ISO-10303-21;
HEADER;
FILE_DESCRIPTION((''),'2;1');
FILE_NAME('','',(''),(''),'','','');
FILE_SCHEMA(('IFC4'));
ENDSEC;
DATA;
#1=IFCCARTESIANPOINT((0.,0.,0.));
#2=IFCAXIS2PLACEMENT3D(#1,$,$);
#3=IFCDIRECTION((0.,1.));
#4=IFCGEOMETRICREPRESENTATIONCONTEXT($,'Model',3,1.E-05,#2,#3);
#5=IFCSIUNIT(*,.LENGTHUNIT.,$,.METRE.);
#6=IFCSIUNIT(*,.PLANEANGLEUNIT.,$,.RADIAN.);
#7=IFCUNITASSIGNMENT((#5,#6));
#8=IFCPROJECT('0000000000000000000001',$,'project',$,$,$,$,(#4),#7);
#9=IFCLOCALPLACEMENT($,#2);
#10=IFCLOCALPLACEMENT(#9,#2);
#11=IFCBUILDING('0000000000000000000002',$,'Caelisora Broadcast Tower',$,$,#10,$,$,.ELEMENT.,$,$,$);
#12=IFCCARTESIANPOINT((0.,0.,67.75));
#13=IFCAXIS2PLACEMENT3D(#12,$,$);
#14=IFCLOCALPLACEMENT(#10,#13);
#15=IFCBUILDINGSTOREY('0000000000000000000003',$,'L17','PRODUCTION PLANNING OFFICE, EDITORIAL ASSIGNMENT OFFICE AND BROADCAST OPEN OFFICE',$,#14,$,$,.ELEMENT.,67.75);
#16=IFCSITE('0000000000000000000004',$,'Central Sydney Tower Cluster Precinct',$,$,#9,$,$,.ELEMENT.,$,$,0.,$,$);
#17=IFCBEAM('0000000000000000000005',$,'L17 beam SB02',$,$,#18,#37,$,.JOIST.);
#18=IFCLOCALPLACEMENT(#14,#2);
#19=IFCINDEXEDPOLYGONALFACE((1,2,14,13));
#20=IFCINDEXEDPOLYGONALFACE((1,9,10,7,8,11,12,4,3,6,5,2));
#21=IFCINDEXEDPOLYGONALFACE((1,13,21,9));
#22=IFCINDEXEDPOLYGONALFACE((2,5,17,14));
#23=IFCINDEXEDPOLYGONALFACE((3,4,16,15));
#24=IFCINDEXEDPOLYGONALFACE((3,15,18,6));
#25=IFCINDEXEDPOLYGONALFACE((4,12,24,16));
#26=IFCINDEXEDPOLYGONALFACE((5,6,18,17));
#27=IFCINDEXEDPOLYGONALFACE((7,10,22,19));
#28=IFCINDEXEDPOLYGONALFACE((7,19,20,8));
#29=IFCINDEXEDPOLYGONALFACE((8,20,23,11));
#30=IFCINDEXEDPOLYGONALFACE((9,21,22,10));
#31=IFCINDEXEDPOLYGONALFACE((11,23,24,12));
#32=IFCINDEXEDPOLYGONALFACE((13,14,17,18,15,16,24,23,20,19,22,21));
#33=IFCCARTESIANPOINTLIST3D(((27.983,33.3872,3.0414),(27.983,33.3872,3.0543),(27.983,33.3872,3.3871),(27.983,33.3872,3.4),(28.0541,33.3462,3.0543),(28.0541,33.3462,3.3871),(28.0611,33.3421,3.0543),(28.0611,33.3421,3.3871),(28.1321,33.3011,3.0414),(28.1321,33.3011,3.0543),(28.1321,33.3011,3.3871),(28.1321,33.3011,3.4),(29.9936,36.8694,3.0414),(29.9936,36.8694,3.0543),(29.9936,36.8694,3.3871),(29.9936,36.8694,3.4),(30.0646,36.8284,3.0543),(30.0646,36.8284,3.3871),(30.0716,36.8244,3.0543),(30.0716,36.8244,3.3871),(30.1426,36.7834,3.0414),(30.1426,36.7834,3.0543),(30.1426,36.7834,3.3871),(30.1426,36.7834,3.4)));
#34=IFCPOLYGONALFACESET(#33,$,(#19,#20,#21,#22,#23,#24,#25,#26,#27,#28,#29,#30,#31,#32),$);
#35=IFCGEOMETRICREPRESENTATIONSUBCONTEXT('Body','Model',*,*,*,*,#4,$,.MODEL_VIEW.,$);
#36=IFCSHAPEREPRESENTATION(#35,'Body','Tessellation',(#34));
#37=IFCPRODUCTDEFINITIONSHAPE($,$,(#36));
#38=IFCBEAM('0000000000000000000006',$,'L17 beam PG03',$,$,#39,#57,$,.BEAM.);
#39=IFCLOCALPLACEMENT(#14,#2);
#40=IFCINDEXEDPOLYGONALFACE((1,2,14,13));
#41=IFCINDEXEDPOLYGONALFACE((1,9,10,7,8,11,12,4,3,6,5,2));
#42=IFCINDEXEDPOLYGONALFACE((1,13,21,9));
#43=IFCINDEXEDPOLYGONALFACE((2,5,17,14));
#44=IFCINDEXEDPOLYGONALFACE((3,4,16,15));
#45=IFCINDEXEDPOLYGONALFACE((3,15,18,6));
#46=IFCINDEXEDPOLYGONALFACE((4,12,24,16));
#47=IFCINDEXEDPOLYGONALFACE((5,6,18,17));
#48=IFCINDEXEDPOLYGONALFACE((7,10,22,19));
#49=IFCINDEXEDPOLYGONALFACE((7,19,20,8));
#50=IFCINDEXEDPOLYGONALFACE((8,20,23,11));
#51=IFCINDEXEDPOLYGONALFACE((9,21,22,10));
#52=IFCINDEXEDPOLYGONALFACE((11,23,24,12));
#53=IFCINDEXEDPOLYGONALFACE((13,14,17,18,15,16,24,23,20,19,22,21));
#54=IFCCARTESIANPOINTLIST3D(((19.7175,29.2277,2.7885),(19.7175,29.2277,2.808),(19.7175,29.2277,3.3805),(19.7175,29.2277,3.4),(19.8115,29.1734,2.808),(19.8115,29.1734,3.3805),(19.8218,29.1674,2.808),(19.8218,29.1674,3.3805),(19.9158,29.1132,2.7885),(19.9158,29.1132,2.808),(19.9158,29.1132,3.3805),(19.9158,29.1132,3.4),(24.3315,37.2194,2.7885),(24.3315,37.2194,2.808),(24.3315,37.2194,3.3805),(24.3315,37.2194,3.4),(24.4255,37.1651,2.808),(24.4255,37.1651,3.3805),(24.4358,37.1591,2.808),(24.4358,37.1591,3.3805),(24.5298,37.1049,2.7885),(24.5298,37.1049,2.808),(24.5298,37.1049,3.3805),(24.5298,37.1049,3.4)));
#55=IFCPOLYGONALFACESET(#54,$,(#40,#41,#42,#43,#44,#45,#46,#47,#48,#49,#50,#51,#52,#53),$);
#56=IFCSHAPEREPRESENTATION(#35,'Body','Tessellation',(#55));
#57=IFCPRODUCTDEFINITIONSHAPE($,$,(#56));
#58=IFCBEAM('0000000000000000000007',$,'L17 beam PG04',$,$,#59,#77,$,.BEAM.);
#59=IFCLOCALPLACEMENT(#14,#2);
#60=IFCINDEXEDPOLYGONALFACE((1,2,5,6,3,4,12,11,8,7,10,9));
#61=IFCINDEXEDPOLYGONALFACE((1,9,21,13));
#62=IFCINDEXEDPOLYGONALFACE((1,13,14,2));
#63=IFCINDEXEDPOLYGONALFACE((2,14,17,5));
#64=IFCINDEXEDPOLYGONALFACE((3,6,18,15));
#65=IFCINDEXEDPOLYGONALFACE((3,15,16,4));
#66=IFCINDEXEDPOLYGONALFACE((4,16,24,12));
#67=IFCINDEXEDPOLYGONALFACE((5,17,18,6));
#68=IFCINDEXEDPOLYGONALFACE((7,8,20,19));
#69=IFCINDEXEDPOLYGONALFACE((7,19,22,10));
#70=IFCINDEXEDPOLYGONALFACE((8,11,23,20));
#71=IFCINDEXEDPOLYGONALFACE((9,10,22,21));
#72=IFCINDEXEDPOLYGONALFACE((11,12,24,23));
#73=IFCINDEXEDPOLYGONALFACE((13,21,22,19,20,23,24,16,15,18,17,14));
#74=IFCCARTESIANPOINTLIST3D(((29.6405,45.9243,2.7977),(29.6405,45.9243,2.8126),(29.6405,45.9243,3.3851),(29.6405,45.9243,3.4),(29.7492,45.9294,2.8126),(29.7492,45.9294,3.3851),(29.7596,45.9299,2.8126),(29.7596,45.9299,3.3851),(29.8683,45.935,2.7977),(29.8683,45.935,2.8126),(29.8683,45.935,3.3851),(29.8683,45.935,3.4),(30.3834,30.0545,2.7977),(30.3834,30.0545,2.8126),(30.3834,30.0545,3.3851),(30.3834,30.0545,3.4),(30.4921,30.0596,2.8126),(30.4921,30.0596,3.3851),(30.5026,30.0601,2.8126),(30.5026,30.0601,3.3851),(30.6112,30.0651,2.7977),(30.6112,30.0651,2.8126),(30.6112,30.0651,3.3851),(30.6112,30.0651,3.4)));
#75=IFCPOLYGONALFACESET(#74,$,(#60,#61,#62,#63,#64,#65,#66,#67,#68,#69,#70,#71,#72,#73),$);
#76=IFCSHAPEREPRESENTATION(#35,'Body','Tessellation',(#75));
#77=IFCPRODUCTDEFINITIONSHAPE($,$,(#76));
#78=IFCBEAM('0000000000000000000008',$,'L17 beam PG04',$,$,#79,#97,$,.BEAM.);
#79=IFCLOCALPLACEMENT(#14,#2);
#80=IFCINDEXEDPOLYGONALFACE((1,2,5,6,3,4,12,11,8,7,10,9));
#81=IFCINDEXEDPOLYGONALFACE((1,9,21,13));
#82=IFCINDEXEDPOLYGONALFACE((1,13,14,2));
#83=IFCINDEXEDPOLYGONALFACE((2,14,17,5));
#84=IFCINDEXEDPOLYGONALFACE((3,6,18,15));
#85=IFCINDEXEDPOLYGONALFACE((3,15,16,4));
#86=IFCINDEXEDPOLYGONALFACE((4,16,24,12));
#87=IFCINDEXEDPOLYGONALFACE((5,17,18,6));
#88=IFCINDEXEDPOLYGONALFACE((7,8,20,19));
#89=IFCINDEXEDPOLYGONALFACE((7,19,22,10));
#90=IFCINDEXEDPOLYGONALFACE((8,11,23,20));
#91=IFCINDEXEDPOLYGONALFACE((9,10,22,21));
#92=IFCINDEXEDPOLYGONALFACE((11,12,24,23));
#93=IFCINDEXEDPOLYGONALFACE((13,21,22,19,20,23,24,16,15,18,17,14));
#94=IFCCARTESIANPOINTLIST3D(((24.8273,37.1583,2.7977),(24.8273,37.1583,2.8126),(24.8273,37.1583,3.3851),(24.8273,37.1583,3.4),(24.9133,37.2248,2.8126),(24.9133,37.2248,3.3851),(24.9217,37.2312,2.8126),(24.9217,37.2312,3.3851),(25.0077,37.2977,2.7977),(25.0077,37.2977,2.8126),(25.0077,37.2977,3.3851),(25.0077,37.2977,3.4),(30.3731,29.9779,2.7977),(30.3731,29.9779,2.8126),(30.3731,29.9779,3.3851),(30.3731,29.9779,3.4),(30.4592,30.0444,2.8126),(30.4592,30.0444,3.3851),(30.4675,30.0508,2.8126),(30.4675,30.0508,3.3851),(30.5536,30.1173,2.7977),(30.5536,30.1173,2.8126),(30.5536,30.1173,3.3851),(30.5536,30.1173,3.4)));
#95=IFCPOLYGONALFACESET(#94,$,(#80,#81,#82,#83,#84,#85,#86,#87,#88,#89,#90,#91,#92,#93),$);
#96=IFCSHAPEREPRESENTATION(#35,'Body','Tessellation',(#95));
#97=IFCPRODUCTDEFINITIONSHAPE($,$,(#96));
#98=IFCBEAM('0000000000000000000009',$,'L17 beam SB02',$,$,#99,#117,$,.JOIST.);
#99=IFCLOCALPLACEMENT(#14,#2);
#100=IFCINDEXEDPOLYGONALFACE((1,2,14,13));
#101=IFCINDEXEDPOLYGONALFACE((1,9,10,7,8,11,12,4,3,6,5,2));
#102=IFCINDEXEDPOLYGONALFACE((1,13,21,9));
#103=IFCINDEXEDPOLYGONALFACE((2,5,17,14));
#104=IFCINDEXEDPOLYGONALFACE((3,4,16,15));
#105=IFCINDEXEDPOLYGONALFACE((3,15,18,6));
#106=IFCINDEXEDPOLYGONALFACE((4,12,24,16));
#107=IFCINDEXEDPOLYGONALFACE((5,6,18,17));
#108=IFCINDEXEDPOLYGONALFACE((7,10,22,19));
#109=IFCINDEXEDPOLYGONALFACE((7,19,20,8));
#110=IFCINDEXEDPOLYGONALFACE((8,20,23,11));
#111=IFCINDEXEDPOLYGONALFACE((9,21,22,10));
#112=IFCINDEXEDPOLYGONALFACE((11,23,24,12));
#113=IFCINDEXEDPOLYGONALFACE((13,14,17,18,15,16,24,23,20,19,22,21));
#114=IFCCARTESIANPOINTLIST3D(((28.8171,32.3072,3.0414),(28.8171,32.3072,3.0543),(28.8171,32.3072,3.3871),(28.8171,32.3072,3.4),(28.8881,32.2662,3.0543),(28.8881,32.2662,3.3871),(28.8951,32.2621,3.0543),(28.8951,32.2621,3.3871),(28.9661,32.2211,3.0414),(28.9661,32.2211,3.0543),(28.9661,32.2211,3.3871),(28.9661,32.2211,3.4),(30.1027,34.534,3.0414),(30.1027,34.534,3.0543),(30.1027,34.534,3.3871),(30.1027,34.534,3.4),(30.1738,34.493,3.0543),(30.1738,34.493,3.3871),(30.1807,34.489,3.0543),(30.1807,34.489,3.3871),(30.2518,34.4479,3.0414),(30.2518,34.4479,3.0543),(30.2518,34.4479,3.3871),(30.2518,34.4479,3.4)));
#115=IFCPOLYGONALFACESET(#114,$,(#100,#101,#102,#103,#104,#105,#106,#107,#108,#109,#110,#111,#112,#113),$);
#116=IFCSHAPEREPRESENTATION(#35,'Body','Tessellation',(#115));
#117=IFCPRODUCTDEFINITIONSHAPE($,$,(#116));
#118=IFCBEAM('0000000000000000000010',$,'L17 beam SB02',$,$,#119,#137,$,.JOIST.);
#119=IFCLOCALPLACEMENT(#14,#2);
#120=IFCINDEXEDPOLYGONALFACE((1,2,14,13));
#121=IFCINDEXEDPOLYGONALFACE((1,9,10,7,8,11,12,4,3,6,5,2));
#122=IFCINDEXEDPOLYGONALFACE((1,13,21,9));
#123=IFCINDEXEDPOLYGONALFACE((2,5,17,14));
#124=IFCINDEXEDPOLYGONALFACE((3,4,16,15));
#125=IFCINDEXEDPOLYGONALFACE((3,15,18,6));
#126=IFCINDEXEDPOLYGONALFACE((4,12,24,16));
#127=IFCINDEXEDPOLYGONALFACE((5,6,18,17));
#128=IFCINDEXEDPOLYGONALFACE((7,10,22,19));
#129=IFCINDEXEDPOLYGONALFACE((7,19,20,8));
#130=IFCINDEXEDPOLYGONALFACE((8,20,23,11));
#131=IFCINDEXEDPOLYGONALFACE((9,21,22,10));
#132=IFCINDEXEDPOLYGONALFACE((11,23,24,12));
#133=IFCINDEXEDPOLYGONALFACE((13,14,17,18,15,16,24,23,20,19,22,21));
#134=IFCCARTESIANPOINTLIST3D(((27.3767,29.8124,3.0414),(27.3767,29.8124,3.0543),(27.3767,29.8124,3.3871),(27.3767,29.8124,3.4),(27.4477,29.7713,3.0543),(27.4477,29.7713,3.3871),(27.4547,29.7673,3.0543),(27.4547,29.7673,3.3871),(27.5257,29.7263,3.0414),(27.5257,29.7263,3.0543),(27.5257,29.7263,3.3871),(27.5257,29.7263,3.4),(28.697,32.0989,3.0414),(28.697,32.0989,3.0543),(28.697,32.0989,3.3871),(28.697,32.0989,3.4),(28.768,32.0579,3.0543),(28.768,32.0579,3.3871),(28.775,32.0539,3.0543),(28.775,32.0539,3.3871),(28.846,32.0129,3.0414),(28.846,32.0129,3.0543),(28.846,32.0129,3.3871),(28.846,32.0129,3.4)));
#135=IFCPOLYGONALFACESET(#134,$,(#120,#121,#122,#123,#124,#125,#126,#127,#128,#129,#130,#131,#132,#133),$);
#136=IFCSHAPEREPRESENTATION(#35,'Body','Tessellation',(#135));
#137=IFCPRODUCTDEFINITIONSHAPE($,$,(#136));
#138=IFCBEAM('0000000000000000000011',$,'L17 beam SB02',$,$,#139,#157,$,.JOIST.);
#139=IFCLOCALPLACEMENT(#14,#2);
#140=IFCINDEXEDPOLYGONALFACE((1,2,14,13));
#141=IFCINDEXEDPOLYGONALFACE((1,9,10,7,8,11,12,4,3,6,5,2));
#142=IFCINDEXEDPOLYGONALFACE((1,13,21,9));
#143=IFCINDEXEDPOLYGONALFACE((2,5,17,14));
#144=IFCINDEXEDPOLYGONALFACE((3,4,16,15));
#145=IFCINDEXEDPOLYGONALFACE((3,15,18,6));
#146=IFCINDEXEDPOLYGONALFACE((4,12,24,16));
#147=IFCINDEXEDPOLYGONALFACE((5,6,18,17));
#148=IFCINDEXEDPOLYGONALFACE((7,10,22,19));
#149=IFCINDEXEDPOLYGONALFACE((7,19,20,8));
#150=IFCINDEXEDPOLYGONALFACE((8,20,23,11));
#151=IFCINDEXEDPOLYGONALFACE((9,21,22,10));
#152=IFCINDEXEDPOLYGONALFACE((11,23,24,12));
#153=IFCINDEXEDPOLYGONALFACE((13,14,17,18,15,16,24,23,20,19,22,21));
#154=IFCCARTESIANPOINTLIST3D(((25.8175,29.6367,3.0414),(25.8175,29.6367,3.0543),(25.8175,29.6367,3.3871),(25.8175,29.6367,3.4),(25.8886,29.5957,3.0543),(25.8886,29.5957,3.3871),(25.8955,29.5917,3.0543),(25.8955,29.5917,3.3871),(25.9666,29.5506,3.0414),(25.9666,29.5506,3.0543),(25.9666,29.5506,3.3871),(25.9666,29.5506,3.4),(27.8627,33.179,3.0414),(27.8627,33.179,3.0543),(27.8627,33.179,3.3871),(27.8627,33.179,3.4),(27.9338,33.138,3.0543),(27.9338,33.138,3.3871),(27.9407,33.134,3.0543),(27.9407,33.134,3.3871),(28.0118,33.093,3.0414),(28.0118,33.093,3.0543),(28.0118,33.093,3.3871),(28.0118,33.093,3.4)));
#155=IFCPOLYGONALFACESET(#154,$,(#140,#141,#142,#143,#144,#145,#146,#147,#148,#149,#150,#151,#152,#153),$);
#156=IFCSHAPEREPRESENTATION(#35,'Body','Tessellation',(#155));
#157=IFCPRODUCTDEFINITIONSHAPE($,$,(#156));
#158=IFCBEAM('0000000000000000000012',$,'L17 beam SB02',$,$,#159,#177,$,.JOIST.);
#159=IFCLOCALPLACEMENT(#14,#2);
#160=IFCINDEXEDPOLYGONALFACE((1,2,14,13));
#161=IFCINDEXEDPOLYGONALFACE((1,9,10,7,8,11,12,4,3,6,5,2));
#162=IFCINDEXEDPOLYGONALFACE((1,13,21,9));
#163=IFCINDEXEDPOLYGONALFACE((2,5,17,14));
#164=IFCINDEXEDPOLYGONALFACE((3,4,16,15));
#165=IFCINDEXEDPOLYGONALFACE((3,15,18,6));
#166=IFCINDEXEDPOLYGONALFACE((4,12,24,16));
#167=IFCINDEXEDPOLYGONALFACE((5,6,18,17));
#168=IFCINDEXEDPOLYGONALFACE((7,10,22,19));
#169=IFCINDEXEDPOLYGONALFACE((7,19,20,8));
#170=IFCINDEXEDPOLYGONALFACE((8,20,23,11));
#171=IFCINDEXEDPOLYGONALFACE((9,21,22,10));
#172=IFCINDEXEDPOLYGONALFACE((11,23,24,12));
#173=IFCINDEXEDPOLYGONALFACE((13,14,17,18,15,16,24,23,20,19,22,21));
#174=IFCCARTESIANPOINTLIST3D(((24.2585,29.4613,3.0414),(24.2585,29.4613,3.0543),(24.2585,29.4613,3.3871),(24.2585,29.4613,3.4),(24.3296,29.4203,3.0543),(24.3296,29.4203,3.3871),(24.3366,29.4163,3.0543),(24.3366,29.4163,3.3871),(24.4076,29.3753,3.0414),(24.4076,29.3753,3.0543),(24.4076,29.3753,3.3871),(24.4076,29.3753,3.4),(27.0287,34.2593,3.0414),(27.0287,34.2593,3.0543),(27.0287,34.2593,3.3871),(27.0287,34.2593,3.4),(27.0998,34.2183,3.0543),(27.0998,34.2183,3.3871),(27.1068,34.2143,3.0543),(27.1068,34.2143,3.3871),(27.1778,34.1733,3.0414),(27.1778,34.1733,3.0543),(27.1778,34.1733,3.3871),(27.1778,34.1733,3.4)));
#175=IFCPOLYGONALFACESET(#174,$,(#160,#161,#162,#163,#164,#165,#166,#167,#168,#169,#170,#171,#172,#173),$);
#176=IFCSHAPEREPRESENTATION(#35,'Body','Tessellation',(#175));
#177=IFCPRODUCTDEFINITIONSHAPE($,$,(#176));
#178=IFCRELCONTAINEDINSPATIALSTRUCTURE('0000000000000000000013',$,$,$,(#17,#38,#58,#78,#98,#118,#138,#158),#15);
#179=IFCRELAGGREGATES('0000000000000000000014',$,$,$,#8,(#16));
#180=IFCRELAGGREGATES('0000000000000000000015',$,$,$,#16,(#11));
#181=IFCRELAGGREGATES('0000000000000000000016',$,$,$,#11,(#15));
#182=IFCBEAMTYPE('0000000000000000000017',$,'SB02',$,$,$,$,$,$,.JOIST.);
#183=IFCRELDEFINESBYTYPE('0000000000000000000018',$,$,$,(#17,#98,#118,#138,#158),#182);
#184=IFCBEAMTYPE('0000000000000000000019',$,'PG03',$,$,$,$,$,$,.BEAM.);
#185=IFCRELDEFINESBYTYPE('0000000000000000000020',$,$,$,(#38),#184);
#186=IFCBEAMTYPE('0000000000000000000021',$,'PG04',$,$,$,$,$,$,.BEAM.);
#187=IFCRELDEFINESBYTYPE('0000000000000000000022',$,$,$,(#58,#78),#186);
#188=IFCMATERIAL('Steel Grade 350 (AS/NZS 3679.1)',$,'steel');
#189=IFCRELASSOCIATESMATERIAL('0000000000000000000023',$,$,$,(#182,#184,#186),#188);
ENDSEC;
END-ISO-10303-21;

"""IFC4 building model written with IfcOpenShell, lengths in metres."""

from ifc_helpers import new_model, si_unit, direction, frame, origin, origin_2d, place, context, subcontext, project, spatial, i_section, extrude, source, transform, mapped, material, material_profile, profile_set, type_object, type_shapes, element, save


model = new_model("IFC4")

# Units and contexts
model_context = context("Model", 3, precision=1e-05, world=origin(), true_north=direction((0.0, 1.0)))
body_context = subcontext(model_context, "Body", "Model", "MODEL_VIEW")
ifc_project = project(units=[si_unit("LENGTHUNIT", "METRE"), si_unit("PLANEANGLEUNIT", "RADIAN")], contexts=[model_context])

# Site, building, storey
site_placement = place(None, origin())
site = spatial("IfcSite", under=ifc_project, at=site_placement, Name="Central Sydney Tower Cluster Precinct", CompositionType="ELEMENT", RefElevation=0.0)
building_placement = place(site_placement, origin())
building = spatial("IfcBuilding", under=site, at=building_placement, Name="Caelisora Broadcast Tower", CompositionType="ELEMENT")
storey_placement = place(building_placement, frame((0.0, 0.0, 67.75)))
storey = spatial("IfcBuildingStorey", under=building, at=storey_placement, Name="L17", Description="PRODUCTION PLANNING OFFICE, EDITORIAL ASSIGNMENT OFFICE AND BROADCAST OPEN OFFICE", CompositionType="ELEMENT", Elevation=67.75)

# Beams
ifc_material_1 = material(Name="Steel Grade 350 (AS/NZS 3679.1)", Category="steel")
ifc_material_profile_1 = material_profile(ifc_material_1, i_section(OverallWidth=0.1721, OverallDepth=0.3586, WebThickness=0.0081, FlangeThickness=0.0129, at=origin_2d()), Name="Steel Grade 350 (AS/NZS 3679.1)")
ifc_profile_set_1 = profile_set([ifc_material_profile_1], Name="Steel Grade 350 (AS/NZS 3679.1)")
beam_type_1 = type_object("IfcBeamType", Name="SB02", PredefinedType="JOIST", material=ifc_profile_set_1)
shared_shape_1 = source(origin(), body_context, "Body", "SweptSolid", [
    extrude(i_section(OverallWidth=0.1721, OverallDepth=0.3586, WebThickness=0.0081, FlangeThickness=0.0129, at=origin_2d()), origin(), (0.0, 0.0, 1.0), 4.021),
])
beam_1_placement = place(storey_placement, frame((30.0681, 36.8264, 3.2207), z_axis=(-0.500012, -0.866019, 0.0), x_axis=(0.866019, -0.500012, 0.0)))
element("IfcBeam", 1, at=beam_1_placement, inside=storey, type_object=beam_type_1, Name="L17 beam SB02", PredefinedType="JOIST", context=body_context, shape_type="MappedRepresentation", body=[
    mapped(shared_shape_1, transform((0.0, 0.0, 0.0), scale=1.0)),
])
ifc_material_profile_2 = material_profile(ifc_material_1, i_section(OverallWidth=0.229, OverallDepth=0.6116, WebThickness=0.012, FlangeThickness=0.0195, at=origin_2d()), Name="Steel Grade 350 (AS/NZS 3679.1)")
ifc_profile_set_2 = profile_set([ifc_material_profile_2], Name="Steel Grade 350 (AS/NZS 3679.1)")
beam_type_2 = type_object("IfcBeamType", Name="PG03", PredefinedType="BEAM", material=ifc_profile_set_2)
shared_shape_2 = source(origin(), body_context, "Body", "SweptSolid", [
    extrude(i_section(OverallWidth=0.229, OverallDepth=0.6116, WebThickness=0.012, FlangeThickness=0.0195, at=origin_2d()), origin(), (0.0, 0.0, 1.0), 9.228),
])
type_shapes(beam_type_2, [shared_shape_2])
beam_2_placement = place(storey_placement, frame((24.4307, 37.1621, 3.0942), z_axis=(-0.5, -0.866025, 0.0), x_axis=(0.866025, -0.5, 0.0)))
element("IfcBeam", 2, at=beam_2_placement, inside=storey, type_object=beam_type_2, Name="L17 beam PG03", PredefinedType="BEAM", context=body_context, shape_type="MappedRepresentation", body=[
    mapped(shared_shape_2, transform((0.0, 0.0, 0.0), scale=1.0)),
])
ifc_material_profile_3 = material_profile(ifc_material_1, i_section(OverallWidth=0.228, OverallDepth=0.6023, WebThickness=0.0105, FlangeThickness=0.0149, at=origin_2d()), Name="Steel Grade 350 (AS/NZS 3679.1)")
ifc_profile_set_3 = profile_set([ifc_material_profile_3], Name="Steel Grade 350 (AS/NZS 3679.1)")
beam_type_3 = type_object("IfcBeamType", Name="PG04", PredefinedType="BEAM", material=ifc_profile_set_3)
shared_shape_3 = source(origin(), body_context, "Body", "SweptSolid", [
    extrude(i_section(OverallWidth=0.228, OverallDepth=0.6023, WebThickness=0.0105, FlangeThickness=0.0149, at=origin_2d()), origin(), (0.0, 0.0, 1.0), 15.8872),
])
beam_3_placement = place(storey_placement, frame((30.4973, 30.0598, 3.0989), z_axis=(-0.046762, 0.998906, 0.0), x_axis=(-0.998906, -0.046762, 0.0)))
element("IfcBeam", 3, at=beam_3_placement, inside=storey, type_object=beam_type_3, Name="L17 beam PG04", PredefinedType="BEAM", context=body_context, shape_type="MappedRepresentation", body=[
    mapped(shared_shape_3, transform((0.0, 0.0, 0.0), scale=1.0)),
])
shared_shape_4 = source(origin(), body_context, "Body", "SweptSolid", [
    extrude(i_section(OverallWidth=0.228, OverallDepth=0.6023, WebThickness=0.0105, FlangeThickness=0.0149, at=origin_2d()), origin(), (0.0, 0.0, 1.0), 9.0728),
])
type_shapes(beam_type_3, [shared_shape_3, shared_shape_4])
beam_4_placement = place(storey_placement, frame((30.4634, 30.0476, 3.0989), z_axis=(-0.611268, 0.791424, 0.0), x_axis=(-0.791424, -0.611268, 0.0)))
element("IfcBeam", 4, at=beam_4_placement, inside=storey, type_object=beam_type_3, Name="L17 beam PG04", PredefinedType="BEAM", context=body_context, shape_type="MappedRepresentation", body=[
    mapped(shared_shape_4, transform((0.0, 0.0, 0.0), scale=1.0)),
])
shared_shape_5 = source(origin(), body_context, "Body", "SweptSolid", [
    extrude(i_section(OverallWidth=0.1721, OverallDepth=0.3586, WebThickness=0.0081, FlangeThickness=0.0129, at=origin_2d()), origin(), (0.0, 0.0, 1.0), 2.5713),
])
beam_5_placement = place(storey_placement, frame((30.1772, 34.491, 3.2207), z_axis=(-0.499999, -0.866026, 0.0), x_axis=(0.866026, -0.499999, 0.0)))
element("IfcBeam", 5, at=beam_5_placement, inside=storey, type_object=beam_type_1, Name="L17 beam SB02", PredefinedType="JOIST", context=body_context, shape_type="MappedRepresentation", body=[
    mapped(shared_shape_5, transform((0.0, 0.0, 0.0), scale=1.0)),
])
shared_shape_6 = source(origin(), body_context, "Body", "SweptSolid", [
    extrude(i_section(OverallWidth=0.1721, OverallDepth=0.3586, WebThickness=0.0081, FlangeThickness=0.0129, at=origin_2d()), origin(), (0.0, 0.0, 1.0), 2.6404),
])
beam_6_placement = place(storey_placement, frame((28.7715, 32.0559, 3.2207), z_axis=(-0.500037, -0.866004, 0.0), x_axis=(0.866004, -0.500037, 0.0)))
element("IfcBeam", 6, at=beam_6_placement, inside=storey, type_object=beam_type_1, Name="L17 beam SB02", PredefinedType="JOIST", context=body_context, shape_type="MappedRepresentation", body=[
    mapped(shared_shape_6, transform((0.0, 0.0, 0.0), scale=1.0)),
])
shared_shape_7 = source(origin(), body_context, "Body", "SweptSolid", [
    extrude(i_section(OverallWidth=0.1721, OverallDepth=0.3586, WebThickness=0.0081, FlangeThickness=0.0129, at=origin_2d()), origin(), (0.0, 0.0, 1.0), 4.0903),
])
beam_7_placement = place(storey_placement, frame((27.9373, 33.136, 3.2207), z_axis=(-0.50001, -0.86602, 0.0), x_axis=(0.86602, -0.50001, 0.0)))
element("IfcBeam", 7, at=beam_7_placement, inside=storey, type_object=beam_type_1, Name="L17 beam SB02", PredefinedType="JOIST", context=body_context, shape_type="MappedRepresentation", body=[
    mapped(shared_shape_7, transform((0.0, 0.0, 0.0), scale=1.0)),
])
shared_shape_8 = source(origin(), body_context, "Body", "SweptSolid", [
    extrude(i_section(OverallWidth=0.1721, OverallDepth=0.3586, WebThickness=0.0081, FlangeThickness=0.0129, at=origin_2d()), origin(), (0.0, 0.0, 1.0), 5.5403),
])
beam_8_placement = place(storey_placement, frame((27.1033, 34.2163, 3.2207), z_axis=(-0.500011, -0.866019, 0.0), x_axis=(0.866019, -0.500011, 0.0)))
element("IfcBeam", 8, at=beam_8_placement, inside=storey, type_object=beam_type_1, Name="L17 beam SB02", PredefinedType="JOIST", context=body_context, shape_type="MappedRepresentation", body=[
    mapped(shared_shape_8, transform((0.0, 0.0, 0.0), scale=1.0)),
])

save(model, "model.ifc")
